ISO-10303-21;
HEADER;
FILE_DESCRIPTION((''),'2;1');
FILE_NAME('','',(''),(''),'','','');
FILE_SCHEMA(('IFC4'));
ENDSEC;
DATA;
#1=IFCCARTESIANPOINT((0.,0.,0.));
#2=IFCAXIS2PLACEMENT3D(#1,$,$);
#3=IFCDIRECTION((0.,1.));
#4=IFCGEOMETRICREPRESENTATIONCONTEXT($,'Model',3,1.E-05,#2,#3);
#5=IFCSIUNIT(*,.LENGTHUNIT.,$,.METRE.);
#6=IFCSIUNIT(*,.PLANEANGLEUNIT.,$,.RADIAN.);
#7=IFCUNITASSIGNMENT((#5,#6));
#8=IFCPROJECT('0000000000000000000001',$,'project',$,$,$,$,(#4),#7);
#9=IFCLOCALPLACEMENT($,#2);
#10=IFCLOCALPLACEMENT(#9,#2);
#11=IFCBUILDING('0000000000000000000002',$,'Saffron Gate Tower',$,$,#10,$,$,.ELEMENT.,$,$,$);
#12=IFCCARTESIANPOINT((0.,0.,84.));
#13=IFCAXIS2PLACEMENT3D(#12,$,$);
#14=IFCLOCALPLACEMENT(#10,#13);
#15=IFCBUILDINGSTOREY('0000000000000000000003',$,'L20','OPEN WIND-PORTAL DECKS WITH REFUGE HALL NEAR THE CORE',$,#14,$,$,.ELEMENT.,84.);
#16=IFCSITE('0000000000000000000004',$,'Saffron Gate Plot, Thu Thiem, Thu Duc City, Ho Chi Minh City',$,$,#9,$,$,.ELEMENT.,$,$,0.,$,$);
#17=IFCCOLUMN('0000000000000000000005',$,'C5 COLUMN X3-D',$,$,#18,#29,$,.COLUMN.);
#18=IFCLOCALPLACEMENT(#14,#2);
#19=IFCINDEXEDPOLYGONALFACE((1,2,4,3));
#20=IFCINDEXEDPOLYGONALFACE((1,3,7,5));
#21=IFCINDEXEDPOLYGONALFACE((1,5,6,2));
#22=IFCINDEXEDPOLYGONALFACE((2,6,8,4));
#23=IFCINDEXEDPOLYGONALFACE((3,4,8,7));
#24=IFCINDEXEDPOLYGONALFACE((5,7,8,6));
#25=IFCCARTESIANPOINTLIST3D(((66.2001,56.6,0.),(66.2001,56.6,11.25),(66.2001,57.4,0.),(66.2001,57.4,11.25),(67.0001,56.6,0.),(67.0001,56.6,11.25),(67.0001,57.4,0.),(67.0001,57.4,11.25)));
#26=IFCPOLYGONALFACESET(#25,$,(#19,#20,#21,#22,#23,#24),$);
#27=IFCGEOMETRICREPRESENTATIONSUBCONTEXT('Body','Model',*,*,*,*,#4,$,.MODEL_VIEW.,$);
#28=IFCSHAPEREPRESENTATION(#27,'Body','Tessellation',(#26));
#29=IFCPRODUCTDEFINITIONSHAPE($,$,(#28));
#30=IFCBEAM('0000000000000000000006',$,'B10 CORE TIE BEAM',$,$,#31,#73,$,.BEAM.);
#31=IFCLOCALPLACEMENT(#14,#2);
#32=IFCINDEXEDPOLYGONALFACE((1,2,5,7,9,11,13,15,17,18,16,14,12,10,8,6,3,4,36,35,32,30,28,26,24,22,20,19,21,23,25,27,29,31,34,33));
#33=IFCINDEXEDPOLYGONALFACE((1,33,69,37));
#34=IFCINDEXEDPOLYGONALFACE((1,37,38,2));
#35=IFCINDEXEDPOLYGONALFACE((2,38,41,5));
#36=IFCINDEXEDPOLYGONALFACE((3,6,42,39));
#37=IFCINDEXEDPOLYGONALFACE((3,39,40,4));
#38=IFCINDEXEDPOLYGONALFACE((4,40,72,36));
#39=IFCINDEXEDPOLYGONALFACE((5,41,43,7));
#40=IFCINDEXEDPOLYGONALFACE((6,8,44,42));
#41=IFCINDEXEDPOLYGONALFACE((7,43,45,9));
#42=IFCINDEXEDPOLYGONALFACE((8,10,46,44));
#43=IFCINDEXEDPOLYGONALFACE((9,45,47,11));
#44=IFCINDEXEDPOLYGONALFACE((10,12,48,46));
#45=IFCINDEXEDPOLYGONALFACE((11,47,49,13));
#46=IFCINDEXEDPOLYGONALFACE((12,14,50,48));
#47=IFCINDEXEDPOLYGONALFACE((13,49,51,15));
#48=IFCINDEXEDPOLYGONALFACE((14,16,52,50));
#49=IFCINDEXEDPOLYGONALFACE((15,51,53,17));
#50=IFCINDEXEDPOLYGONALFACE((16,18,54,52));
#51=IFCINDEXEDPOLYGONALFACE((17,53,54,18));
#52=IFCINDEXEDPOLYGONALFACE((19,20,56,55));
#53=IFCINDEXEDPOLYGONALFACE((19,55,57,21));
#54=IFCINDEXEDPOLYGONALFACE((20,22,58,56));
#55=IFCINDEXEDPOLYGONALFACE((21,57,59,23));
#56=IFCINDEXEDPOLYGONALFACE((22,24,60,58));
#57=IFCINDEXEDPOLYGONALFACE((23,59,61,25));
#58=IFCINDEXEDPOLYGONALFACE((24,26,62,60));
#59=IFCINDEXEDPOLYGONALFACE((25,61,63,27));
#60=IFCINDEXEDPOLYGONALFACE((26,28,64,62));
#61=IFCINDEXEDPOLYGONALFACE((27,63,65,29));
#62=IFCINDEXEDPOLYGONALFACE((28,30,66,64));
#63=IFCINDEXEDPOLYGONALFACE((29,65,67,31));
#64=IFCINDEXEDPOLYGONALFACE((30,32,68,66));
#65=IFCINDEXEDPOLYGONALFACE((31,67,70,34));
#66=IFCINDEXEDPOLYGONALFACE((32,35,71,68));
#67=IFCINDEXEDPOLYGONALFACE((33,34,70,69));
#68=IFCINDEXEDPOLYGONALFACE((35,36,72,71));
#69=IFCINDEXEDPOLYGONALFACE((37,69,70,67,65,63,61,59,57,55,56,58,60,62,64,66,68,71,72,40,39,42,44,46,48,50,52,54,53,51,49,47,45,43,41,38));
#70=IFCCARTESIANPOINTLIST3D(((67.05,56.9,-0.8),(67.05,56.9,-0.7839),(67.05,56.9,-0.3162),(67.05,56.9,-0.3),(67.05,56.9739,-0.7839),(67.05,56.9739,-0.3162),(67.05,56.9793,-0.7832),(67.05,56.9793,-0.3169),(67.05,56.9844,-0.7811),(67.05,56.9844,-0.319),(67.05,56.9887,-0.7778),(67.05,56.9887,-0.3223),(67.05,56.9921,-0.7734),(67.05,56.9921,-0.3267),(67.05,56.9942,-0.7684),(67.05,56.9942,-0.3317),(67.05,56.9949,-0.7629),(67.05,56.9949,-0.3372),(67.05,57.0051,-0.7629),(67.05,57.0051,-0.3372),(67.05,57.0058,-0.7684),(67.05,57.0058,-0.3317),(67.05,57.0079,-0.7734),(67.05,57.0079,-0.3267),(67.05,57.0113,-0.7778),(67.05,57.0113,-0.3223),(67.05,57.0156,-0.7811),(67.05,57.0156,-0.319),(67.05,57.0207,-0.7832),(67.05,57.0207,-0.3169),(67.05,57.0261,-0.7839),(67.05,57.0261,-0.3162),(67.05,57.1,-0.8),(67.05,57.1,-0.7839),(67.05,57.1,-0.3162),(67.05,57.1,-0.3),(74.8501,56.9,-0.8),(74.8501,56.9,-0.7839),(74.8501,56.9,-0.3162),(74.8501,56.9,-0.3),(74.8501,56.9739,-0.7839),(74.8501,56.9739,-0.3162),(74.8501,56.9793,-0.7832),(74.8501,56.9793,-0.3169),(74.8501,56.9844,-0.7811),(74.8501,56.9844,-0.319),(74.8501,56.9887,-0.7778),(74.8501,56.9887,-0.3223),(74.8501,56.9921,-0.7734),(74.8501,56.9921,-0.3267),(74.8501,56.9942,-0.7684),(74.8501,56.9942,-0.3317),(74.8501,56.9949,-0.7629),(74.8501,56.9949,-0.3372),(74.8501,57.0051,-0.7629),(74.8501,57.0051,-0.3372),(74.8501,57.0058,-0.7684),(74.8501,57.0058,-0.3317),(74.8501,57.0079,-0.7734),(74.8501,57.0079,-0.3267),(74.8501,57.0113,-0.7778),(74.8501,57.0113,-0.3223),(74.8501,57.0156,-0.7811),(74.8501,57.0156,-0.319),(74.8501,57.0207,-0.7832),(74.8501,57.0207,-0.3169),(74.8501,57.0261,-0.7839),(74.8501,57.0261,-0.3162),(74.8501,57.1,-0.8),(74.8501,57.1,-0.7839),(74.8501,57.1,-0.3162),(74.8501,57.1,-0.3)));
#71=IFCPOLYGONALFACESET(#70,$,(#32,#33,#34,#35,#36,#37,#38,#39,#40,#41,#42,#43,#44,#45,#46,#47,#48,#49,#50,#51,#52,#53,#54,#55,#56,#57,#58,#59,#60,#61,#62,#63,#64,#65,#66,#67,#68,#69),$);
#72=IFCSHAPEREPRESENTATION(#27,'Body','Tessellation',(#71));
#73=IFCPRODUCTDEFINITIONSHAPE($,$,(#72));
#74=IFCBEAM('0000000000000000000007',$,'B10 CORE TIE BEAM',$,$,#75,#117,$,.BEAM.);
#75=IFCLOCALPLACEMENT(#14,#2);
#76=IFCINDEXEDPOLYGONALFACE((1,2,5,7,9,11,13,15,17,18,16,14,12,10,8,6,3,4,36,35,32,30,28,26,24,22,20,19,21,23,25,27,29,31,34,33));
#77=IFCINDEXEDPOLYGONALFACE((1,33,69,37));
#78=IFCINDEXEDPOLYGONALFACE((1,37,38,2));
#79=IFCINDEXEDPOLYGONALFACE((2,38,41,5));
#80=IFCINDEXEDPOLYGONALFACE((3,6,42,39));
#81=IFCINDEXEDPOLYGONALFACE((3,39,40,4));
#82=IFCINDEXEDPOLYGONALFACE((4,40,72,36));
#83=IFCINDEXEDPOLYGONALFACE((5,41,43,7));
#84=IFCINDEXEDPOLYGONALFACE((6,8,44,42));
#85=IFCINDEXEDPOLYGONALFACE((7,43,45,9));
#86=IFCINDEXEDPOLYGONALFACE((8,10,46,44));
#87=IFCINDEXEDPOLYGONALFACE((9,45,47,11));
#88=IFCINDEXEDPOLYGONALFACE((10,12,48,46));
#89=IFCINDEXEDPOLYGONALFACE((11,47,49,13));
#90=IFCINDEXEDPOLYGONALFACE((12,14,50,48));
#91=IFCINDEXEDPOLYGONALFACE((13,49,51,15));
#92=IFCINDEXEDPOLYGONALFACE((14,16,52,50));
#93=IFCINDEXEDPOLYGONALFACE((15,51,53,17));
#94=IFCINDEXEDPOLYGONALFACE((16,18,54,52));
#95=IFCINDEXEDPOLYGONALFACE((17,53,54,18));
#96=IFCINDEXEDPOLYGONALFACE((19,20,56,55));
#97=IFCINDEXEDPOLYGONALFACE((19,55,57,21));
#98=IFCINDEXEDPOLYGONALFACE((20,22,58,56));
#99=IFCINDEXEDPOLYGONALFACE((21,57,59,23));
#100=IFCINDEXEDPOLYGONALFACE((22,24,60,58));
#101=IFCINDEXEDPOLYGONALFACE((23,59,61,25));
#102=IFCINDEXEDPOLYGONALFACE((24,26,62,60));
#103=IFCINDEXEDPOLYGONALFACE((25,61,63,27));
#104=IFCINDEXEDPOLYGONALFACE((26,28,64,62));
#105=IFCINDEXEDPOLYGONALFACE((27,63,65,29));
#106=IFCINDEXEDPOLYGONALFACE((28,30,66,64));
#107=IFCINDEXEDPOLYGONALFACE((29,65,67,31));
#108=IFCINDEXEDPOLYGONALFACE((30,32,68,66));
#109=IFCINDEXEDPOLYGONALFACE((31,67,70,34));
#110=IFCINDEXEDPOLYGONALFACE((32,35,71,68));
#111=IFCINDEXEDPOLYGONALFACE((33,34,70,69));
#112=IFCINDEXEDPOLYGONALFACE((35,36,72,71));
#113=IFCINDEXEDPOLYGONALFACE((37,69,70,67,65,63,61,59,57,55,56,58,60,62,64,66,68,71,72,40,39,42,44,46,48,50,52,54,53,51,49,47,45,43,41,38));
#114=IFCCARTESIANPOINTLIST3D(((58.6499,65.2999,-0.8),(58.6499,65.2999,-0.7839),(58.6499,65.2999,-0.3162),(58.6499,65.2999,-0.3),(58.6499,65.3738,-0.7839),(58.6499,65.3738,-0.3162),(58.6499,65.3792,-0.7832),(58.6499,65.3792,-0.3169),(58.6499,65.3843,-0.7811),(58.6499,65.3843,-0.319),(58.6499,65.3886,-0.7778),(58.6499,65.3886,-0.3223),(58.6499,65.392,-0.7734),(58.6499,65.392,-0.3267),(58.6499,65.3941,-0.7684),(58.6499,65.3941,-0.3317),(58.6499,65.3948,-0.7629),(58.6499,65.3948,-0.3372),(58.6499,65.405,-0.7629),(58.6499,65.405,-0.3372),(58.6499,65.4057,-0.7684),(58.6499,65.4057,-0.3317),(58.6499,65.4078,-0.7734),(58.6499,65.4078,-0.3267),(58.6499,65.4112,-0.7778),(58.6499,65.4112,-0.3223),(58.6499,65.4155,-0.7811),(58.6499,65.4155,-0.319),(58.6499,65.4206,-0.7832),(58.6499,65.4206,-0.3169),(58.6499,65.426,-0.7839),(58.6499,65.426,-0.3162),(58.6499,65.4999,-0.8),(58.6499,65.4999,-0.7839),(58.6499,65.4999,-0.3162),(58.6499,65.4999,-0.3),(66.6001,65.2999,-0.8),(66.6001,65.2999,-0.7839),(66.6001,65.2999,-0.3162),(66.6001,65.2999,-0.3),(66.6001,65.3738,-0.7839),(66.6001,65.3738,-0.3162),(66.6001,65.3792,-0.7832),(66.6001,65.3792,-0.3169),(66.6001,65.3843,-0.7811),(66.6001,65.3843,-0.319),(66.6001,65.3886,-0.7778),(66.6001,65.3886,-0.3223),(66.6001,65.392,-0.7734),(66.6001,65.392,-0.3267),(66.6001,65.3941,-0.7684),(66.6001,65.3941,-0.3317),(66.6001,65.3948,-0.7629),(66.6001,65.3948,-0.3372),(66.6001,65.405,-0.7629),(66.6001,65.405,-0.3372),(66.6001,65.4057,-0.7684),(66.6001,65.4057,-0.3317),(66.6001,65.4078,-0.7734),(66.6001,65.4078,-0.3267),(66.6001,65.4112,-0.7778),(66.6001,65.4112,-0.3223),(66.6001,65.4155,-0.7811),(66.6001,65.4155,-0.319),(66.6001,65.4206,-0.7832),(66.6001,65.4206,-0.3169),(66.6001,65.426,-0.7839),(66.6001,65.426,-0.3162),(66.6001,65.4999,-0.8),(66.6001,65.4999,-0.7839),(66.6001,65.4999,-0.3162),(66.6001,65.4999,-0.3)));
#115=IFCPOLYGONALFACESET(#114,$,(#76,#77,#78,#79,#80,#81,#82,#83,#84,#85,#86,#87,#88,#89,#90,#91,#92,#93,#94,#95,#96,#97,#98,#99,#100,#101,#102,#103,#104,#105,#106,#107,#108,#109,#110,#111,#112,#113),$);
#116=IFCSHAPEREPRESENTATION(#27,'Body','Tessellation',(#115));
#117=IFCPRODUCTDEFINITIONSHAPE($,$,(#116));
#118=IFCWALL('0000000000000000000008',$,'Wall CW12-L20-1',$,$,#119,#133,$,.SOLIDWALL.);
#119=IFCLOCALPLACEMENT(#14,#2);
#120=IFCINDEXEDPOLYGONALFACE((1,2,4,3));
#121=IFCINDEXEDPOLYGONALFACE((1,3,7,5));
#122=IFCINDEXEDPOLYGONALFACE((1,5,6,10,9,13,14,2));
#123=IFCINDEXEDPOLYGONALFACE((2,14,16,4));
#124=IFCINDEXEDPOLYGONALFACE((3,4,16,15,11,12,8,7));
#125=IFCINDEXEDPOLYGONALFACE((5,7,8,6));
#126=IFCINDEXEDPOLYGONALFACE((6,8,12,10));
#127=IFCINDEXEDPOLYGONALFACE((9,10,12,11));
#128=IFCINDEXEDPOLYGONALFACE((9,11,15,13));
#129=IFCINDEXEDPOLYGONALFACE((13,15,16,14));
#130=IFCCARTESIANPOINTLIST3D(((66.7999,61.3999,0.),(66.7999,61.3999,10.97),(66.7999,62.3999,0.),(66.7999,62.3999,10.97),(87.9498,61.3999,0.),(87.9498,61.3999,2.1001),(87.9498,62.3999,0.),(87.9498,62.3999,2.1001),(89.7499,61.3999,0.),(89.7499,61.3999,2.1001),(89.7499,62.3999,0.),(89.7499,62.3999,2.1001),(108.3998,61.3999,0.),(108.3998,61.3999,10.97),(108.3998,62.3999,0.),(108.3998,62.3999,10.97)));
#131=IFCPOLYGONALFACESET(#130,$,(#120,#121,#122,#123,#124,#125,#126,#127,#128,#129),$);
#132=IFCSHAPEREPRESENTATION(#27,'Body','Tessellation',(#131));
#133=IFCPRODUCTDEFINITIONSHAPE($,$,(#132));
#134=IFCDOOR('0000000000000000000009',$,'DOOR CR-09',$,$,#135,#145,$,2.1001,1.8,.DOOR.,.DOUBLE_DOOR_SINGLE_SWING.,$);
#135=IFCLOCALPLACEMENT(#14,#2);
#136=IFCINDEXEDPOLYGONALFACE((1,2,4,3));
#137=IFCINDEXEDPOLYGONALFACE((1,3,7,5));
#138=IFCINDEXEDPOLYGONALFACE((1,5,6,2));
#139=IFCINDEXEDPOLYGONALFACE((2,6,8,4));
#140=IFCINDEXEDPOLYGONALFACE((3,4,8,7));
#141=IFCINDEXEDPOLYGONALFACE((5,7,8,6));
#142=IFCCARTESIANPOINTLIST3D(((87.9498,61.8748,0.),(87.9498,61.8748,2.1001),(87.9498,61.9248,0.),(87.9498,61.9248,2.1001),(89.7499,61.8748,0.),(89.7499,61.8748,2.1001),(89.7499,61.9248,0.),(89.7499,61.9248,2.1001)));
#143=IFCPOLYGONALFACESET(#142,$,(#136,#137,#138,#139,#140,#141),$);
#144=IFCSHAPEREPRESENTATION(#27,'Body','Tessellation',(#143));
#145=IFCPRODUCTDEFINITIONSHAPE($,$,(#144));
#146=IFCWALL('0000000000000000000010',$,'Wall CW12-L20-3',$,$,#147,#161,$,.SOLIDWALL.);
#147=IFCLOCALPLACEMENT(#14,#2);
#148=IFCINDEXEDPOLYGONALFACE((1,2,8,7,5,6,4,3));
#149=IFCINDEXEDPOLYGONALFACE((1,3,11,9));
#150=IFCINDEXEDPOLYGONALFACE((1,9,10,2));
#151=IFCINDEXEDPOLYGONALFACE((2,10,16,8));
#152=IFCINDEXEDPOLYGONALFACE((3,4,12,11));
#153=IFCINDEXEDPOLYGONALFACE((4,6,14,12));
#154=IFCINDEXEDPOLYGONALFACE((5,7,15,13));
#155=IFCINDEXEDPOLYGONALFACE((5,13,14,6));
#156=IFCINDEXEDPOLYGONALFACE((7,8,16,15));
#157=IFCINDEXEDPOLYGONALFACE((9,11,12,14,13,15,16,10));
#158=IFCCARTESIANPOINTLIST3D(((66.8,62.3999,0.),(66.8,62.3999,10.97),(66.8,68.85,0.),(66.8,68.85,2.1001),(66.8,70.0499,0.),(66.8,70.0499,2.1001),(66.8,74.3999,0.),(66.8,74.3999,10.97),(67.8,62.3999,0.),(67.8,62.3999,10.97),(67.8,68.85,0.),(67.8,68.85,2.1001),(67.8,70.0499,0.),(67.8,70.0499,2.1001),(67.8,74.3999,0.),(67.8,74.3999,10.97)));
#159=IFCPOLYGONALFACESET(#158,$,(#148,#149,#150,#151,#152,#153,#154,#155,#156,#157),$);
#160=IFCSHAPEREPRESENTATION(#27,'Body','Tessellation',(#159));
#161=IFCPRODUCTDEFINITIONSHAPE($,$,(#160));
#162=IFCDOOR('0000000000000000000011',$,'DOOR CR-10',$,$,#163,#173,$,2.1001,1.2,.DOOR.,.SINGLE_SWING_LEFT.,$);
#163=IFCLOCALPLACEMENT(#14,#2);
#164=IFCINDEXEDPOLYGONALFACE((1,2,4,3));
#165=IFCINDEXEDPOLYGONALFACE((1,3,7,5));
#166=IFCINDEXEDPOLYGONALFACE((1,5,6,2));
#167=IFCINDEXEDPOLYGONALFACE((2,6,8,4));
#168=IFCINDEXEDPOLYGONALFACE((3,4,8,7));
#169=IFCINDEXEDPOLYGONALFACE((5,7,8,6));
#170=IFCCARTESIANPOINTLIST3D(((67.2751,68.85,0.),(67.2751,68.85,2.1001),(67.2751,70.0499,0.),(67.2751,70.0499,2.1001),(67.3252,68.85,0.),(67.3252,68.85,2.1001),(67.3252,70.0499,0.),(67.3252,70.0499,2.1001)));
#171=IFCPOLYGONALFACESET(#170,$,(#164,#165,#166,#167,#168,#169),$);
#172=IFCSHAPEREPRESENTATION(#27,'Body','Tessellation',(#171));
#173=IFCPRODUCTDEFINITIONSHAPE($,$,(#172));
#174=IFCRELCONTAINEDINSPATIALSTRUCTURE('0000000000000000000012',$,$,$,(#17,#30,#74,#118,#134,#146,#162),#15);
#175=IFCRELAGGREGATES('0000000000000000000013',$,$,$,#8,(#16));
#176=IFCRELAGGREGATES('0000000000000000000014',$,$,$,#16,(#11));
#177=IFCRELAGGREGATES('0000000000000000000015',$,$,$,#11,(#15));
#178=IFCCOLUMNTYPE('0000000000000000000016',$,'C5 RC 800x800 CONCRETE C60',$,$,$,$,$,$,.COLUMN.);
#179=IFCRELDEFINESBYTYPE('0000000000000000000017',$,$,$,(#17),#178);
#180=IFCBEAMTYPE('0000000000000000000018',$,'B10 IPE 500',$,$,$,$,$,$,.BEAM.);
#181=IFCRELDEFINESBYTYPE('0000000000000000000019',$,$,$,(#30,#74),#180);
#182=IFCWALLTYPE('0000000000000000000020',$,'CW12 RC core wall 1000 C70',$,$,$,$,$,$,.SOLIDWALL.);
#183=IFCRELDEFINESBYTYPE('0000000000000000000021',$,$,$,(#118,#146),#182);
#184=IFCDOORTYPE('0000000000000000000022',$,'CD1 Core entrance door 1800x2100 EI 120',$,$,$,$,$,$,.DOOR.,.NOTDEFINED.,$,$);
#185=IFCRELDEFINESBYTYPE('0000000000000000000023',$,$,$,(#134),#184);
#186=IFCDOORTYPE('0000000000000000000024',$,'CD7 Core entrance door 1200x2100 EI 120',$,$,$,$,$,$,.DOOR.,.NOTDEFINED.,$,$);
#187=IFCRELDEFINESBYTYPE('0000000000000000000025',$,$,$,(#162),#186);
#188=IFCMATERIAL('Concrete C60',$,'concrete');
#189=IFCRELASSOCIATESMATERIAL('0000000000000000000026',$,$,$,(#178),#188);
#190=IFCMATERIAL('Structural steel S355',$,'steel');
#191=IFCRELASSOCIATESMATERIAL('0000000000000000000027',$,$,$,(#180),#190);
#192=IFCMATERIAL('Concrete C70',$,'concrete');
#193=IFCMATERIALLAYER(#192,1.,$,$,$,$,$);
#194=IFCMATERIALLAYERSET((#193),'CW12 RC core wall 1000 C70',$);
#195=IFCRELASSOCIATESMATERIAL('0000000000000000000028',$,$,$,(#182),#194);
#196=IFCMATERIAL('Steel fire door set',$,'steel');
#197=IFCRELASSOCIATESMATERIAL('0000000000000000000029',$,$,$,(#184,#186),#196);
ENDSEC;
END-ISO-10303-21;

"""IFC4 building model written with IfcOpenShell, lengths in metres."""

from ifc_helpers import new_model, si_unit, direction, frame, frame_2d, origin, origin_2d, place, context, subcontext, project, spatial, rectangle, i_section, extrude, material, layer, layer_set, material_profile, profile_set, type_object, element, fill, save


model = new_model("IFC4")

# Units and contexts
model_context = context("Model", 3, precision=1e-05, world=origin(), true_north=direction((0.0, 1.0)))
body_context = subcontext(model_context, "Body", "Model", "MODEL_VIEW")
ifc_project = project(units=[si_unit("LENGTHUNIT", "METRE"), si_unit("PLANEANGLEUNIT", "RADIAN")], contexts=[model_context])

# Site, building, storey
site_placement = place(None, origin())
site = spatial("IfcSite", under=ifc_project, at=site_placement, Name="Saffron Gate Plot, Thu Thiem, Thu Duc City, Ho Chi Minh City", CompositionType="ELEMENT", RefElevation=0.0)
building_placement = place(site_placement, origin())
building = spatial("IfcBuilding", under=site, at=building_placement, Name="Saffron Gate Tower", CompositionType="ELEMENT")
storey_placement = place(building_placement, frame((0.0, 0.0, 84.0)))
storey = spatial("IfcBuildingStorey", under=building, at=storey_placement, Name="L20", Description="OPEN WIND-PORTAL DECKS WITH REFUGE HALL NEAR THE CORE", CompositionType="ELEMENT", Elevation=84.0)

# Column
ifc_material_1 = material(Name="Concrete C60", Category="concrete")
ifc_material_profile_1 = material_profile(ifc_material_1, rectangle(XDim=0.8, YDim=0.8, at=origin_2d()))
ifc_profile_set_1 = profile_set([ifc_material_profile_1], Name="Concrete C60")
column_type = type_object("IfcColumnType", Name="C5 RC 800x800 CONCRETE C60", PredefinedType="COLUMN", material=ifc_profile_set_1)
column_placement = place(storey_placement, frame((66.6001, 57.0, 0.0), z_axis=(0.0, 0.0, 1.0), x_axis=(1.0, 0.0, 0.0)))
element("IfcColumn", 1, at=column_placement, inside=storey, type_object=column_type, Name="C5 COLUMN X3-D", PredefinedType="COLUMN", context=body_context, shape_type="SweptSolid", body=[
    extrude(rectangle(XDim=0.8, YDim=0.8, at=origin_2d()), origin(), (0.0, 0.0, 1.0), 11.25),
])

# Beams
ifc_material_2 = material(Name="Structural steel S355", Category="steel")
ifc_material_profile_2 = material_profile(ifc_material_2, i_section(OverallWidth=0.2, OverallDepth=0.5, WebThickness=0.0103, FlangeThickness=0.0161, FilletRadius=0.021, at=origin_2d()))
ifc_profile_set_2 = profile_set([ifc_material_profile_2], Name="Structural steel S355")
beam_type = type_object("IfcBeamType", Name="B10 IPE 500", PredefinedType="BEAM", material=ifc_profile_set_2)
beam_1_placement = place(storey_placement, frame((67.05, 57.0, -0.55), z_axis=(1.0, 0.0, 0.0), x_axis=(0.0, 1.0, 0.0)))
element("IfcBeam", 2, at=beam_1_placement, inside=storey, type_object=beam_type, Name="B10 CORE TIE BEAM", PredefinedType="BEAM", context=body_context, shape_type="SweptSolid", body=[
    extrude(i_section(OverallWidth=0.2, OverallDepth=0.5, WebThickness=0.0103, FlangeThickness=0.0161, FilletRadius=0.021, at=origin_2d()), origin(), (0.0, 0.0, 1.0), 7.8),
])
beam_2_placement = place(storey_placement, frame((58.6499, 65.3999, -0.55), z_axis=(1.0, 0.0, 0.0), x_axis=(0.0, 1.0, 0.0)))
element("IfcBeam", 3, at=beam_2_placement, inside=storey, type_object=beam_type, Name="B10 CORE TIE BEAM", PredefinedType="BEAM", context=body_context, shape_type="SweptSolid", body=[
    extrude(i_section(OverallWidth=0.2, OverallDepth=0.5, WebThickness=0.0103, FlangeThickness=0.0161, FilletRadius=0.021, at=origin_2d()), origin(), (0.0, 0.0, 1.0), 7.9502),
])

# Walls, openings, doors
ifc_material_3 = material(Name="Concrete C70", Category="concrete")
ifc_layer_1 = layer(ifc_material_3, 1.0)
ifc_layer_set_1 = layer_set([ifc_layer_1], Name="CW12 RC core wall 1000 C70")
wall_type_1 = type_object("IfcWallType", Name="CW12 RC core wall 1000 C70", PredefinedType="SOLIDWALL", material=ifc_layer_set_1)
wall_1_placement = place(storey_placement, frame((66.8, 61.8999, 0.0), z_axis=(0.0, 0.0, 1.0), x_axis=(1.0, 0.0, 0.0)))
wall_1 = element("IfcWall", 4, at=wall_1_placement, inside=storey, type_object=wall_type_1, Name="Wall CW12-L20-1", PredefinedType="SOLIDWALL", context=body_context, shape_type="SweptSolid", body=[
    extrude(rectangle(XDim=41.5999, YDim=1.0, at=frame_2d((20.7998, 0.0))), origin(), (0.0, 0.0, 1.0), 10.97),
])
opening_1_placement = place(wall_1_placement, frame((21.1499, 0.0, 0.0)))
opening_1 = element("IfcOpeningElement", 5, at=opening_1_placement, cuts=wall_1, PredefinedType="OPENING", context=body_context, shape_type="SweptSolid", body=[
    extrude(rectangle(XDim=1.8, YDim=2.1001, at=frame_2d((0.8999, 1.05))), frame((0.0, 0.51, 0.0), z_axis=(0.0, -1.0, 0.0), x_axis=(1.0, 0.0, 0.0)), (0.0, 0.0, 1.0), 1.02),
])
ifc_material_4 = material(Name="Steel fire door set", Category="steel")
door_type_1 = type_object("IfcDoorType", Name="CD1 Core entrance door 1800x2100 EI 120", OperationType="NOTDEFINED", PredefinedType="DOOR", material=ifc_material_4)
door_1_placement = place(opening_1_placement, origin())
door_1 = element("IfcDoor", 6, at=door_1_placement, inside=storey, type_object=door_type_1, Name="DOOR CR-09", OperationType="DOUBLE_DOOR_SINGLE_SWING", OverallHeight=2.1001, OverallWidth=1.8, PredefinedType="DOOR", context=body_context, shape_type="SweptSolid", body=[
    extrude(rectangle(XDim=1.8, YDim=2.1001, at=frame_2d((0.8999, 1.05))), frame((0.0, 0.0249, 0.0), z_axis=(0.0, -1.0, 0.0), x_axis=(1.0, 0.0, 0.0)), (0.0, 0.0, 1.0), 0.05),
])
fill(opening_1, door_1)
wall_2_placement = place(storey_placement, frame((67.3, 62.3999, 0.0), z_axis=(0.0, 0.0, 1.0), x_axis=(0.0, 1.0, 0.0)))
wall_2 = element("IfcWall", 7, at=wall_2_placement, inside=storey, type_object=wall_type_1, Name="Wall CW12-L20-3", PredefinedType="SOLIDWALL", context=body_context, shape_type="SweptSolid", body=[
    extrude(rectangle(XDim=12.0, YDim=1.0, at=frame_2d((6.0, 0.0))), origin(), (0.0, 0.0, 1.0), 10.97),
])
opening_2_placement = place(wall_2_placement, frame((6.45, 0.0, 0.0)))
opening_2 = element("IfcOpeningElement", 8, at=opening_2_placement, cuts=wall_2, PredefinedType="OPENING", context=body_context, shape_type="SweptSolid", body=[
    extrude(rectangle(XDim=1.2, YDim=2.1001, at=frame_2d((0.6001, 1.05))), frame((0.0, 0.51, 0.0), z_axis=(0.0, -1.0, 0.0), x_axis=(1.0, 0.0, 0.0)), (0.0, 0.0, 1.0), 1.02),
])
door_type_2 = type_object("IfcDoorType", Name="CD7 Core entrance door 1200x2100 EI 120", OperationType="NOTDEFINED", PredefinedType="DOOR", material=ifc_material_4)
door_2_placement = place(opening_2_placement, origin())
door_2 = element("IfcDoor", 9, at=door_2_placement, inside=storey, type_object=door_type_2, Name="DOOR CR-10", OperationType="SINGLE_SWING_LEFT", OverallHeight=2.1001, OverallWidth=1.2, PredefinedType="DOOR", context=body_context, shape_type="SweptSolid", body=[
    extrude(rectangle(XDim=1.2, YDim=2.1001, at=frame_2d((0.6001, 1.05))), frame((0.0, 0.0249, 0.0), z_axis=(0.0, -1.0, 0.0), x_axis=(1.0, 0.0, 0.0)), (0.0, 0.0, 1.0), 0.05),
])
fill(opening_2, door_2)

save(model, "model.ifc")
